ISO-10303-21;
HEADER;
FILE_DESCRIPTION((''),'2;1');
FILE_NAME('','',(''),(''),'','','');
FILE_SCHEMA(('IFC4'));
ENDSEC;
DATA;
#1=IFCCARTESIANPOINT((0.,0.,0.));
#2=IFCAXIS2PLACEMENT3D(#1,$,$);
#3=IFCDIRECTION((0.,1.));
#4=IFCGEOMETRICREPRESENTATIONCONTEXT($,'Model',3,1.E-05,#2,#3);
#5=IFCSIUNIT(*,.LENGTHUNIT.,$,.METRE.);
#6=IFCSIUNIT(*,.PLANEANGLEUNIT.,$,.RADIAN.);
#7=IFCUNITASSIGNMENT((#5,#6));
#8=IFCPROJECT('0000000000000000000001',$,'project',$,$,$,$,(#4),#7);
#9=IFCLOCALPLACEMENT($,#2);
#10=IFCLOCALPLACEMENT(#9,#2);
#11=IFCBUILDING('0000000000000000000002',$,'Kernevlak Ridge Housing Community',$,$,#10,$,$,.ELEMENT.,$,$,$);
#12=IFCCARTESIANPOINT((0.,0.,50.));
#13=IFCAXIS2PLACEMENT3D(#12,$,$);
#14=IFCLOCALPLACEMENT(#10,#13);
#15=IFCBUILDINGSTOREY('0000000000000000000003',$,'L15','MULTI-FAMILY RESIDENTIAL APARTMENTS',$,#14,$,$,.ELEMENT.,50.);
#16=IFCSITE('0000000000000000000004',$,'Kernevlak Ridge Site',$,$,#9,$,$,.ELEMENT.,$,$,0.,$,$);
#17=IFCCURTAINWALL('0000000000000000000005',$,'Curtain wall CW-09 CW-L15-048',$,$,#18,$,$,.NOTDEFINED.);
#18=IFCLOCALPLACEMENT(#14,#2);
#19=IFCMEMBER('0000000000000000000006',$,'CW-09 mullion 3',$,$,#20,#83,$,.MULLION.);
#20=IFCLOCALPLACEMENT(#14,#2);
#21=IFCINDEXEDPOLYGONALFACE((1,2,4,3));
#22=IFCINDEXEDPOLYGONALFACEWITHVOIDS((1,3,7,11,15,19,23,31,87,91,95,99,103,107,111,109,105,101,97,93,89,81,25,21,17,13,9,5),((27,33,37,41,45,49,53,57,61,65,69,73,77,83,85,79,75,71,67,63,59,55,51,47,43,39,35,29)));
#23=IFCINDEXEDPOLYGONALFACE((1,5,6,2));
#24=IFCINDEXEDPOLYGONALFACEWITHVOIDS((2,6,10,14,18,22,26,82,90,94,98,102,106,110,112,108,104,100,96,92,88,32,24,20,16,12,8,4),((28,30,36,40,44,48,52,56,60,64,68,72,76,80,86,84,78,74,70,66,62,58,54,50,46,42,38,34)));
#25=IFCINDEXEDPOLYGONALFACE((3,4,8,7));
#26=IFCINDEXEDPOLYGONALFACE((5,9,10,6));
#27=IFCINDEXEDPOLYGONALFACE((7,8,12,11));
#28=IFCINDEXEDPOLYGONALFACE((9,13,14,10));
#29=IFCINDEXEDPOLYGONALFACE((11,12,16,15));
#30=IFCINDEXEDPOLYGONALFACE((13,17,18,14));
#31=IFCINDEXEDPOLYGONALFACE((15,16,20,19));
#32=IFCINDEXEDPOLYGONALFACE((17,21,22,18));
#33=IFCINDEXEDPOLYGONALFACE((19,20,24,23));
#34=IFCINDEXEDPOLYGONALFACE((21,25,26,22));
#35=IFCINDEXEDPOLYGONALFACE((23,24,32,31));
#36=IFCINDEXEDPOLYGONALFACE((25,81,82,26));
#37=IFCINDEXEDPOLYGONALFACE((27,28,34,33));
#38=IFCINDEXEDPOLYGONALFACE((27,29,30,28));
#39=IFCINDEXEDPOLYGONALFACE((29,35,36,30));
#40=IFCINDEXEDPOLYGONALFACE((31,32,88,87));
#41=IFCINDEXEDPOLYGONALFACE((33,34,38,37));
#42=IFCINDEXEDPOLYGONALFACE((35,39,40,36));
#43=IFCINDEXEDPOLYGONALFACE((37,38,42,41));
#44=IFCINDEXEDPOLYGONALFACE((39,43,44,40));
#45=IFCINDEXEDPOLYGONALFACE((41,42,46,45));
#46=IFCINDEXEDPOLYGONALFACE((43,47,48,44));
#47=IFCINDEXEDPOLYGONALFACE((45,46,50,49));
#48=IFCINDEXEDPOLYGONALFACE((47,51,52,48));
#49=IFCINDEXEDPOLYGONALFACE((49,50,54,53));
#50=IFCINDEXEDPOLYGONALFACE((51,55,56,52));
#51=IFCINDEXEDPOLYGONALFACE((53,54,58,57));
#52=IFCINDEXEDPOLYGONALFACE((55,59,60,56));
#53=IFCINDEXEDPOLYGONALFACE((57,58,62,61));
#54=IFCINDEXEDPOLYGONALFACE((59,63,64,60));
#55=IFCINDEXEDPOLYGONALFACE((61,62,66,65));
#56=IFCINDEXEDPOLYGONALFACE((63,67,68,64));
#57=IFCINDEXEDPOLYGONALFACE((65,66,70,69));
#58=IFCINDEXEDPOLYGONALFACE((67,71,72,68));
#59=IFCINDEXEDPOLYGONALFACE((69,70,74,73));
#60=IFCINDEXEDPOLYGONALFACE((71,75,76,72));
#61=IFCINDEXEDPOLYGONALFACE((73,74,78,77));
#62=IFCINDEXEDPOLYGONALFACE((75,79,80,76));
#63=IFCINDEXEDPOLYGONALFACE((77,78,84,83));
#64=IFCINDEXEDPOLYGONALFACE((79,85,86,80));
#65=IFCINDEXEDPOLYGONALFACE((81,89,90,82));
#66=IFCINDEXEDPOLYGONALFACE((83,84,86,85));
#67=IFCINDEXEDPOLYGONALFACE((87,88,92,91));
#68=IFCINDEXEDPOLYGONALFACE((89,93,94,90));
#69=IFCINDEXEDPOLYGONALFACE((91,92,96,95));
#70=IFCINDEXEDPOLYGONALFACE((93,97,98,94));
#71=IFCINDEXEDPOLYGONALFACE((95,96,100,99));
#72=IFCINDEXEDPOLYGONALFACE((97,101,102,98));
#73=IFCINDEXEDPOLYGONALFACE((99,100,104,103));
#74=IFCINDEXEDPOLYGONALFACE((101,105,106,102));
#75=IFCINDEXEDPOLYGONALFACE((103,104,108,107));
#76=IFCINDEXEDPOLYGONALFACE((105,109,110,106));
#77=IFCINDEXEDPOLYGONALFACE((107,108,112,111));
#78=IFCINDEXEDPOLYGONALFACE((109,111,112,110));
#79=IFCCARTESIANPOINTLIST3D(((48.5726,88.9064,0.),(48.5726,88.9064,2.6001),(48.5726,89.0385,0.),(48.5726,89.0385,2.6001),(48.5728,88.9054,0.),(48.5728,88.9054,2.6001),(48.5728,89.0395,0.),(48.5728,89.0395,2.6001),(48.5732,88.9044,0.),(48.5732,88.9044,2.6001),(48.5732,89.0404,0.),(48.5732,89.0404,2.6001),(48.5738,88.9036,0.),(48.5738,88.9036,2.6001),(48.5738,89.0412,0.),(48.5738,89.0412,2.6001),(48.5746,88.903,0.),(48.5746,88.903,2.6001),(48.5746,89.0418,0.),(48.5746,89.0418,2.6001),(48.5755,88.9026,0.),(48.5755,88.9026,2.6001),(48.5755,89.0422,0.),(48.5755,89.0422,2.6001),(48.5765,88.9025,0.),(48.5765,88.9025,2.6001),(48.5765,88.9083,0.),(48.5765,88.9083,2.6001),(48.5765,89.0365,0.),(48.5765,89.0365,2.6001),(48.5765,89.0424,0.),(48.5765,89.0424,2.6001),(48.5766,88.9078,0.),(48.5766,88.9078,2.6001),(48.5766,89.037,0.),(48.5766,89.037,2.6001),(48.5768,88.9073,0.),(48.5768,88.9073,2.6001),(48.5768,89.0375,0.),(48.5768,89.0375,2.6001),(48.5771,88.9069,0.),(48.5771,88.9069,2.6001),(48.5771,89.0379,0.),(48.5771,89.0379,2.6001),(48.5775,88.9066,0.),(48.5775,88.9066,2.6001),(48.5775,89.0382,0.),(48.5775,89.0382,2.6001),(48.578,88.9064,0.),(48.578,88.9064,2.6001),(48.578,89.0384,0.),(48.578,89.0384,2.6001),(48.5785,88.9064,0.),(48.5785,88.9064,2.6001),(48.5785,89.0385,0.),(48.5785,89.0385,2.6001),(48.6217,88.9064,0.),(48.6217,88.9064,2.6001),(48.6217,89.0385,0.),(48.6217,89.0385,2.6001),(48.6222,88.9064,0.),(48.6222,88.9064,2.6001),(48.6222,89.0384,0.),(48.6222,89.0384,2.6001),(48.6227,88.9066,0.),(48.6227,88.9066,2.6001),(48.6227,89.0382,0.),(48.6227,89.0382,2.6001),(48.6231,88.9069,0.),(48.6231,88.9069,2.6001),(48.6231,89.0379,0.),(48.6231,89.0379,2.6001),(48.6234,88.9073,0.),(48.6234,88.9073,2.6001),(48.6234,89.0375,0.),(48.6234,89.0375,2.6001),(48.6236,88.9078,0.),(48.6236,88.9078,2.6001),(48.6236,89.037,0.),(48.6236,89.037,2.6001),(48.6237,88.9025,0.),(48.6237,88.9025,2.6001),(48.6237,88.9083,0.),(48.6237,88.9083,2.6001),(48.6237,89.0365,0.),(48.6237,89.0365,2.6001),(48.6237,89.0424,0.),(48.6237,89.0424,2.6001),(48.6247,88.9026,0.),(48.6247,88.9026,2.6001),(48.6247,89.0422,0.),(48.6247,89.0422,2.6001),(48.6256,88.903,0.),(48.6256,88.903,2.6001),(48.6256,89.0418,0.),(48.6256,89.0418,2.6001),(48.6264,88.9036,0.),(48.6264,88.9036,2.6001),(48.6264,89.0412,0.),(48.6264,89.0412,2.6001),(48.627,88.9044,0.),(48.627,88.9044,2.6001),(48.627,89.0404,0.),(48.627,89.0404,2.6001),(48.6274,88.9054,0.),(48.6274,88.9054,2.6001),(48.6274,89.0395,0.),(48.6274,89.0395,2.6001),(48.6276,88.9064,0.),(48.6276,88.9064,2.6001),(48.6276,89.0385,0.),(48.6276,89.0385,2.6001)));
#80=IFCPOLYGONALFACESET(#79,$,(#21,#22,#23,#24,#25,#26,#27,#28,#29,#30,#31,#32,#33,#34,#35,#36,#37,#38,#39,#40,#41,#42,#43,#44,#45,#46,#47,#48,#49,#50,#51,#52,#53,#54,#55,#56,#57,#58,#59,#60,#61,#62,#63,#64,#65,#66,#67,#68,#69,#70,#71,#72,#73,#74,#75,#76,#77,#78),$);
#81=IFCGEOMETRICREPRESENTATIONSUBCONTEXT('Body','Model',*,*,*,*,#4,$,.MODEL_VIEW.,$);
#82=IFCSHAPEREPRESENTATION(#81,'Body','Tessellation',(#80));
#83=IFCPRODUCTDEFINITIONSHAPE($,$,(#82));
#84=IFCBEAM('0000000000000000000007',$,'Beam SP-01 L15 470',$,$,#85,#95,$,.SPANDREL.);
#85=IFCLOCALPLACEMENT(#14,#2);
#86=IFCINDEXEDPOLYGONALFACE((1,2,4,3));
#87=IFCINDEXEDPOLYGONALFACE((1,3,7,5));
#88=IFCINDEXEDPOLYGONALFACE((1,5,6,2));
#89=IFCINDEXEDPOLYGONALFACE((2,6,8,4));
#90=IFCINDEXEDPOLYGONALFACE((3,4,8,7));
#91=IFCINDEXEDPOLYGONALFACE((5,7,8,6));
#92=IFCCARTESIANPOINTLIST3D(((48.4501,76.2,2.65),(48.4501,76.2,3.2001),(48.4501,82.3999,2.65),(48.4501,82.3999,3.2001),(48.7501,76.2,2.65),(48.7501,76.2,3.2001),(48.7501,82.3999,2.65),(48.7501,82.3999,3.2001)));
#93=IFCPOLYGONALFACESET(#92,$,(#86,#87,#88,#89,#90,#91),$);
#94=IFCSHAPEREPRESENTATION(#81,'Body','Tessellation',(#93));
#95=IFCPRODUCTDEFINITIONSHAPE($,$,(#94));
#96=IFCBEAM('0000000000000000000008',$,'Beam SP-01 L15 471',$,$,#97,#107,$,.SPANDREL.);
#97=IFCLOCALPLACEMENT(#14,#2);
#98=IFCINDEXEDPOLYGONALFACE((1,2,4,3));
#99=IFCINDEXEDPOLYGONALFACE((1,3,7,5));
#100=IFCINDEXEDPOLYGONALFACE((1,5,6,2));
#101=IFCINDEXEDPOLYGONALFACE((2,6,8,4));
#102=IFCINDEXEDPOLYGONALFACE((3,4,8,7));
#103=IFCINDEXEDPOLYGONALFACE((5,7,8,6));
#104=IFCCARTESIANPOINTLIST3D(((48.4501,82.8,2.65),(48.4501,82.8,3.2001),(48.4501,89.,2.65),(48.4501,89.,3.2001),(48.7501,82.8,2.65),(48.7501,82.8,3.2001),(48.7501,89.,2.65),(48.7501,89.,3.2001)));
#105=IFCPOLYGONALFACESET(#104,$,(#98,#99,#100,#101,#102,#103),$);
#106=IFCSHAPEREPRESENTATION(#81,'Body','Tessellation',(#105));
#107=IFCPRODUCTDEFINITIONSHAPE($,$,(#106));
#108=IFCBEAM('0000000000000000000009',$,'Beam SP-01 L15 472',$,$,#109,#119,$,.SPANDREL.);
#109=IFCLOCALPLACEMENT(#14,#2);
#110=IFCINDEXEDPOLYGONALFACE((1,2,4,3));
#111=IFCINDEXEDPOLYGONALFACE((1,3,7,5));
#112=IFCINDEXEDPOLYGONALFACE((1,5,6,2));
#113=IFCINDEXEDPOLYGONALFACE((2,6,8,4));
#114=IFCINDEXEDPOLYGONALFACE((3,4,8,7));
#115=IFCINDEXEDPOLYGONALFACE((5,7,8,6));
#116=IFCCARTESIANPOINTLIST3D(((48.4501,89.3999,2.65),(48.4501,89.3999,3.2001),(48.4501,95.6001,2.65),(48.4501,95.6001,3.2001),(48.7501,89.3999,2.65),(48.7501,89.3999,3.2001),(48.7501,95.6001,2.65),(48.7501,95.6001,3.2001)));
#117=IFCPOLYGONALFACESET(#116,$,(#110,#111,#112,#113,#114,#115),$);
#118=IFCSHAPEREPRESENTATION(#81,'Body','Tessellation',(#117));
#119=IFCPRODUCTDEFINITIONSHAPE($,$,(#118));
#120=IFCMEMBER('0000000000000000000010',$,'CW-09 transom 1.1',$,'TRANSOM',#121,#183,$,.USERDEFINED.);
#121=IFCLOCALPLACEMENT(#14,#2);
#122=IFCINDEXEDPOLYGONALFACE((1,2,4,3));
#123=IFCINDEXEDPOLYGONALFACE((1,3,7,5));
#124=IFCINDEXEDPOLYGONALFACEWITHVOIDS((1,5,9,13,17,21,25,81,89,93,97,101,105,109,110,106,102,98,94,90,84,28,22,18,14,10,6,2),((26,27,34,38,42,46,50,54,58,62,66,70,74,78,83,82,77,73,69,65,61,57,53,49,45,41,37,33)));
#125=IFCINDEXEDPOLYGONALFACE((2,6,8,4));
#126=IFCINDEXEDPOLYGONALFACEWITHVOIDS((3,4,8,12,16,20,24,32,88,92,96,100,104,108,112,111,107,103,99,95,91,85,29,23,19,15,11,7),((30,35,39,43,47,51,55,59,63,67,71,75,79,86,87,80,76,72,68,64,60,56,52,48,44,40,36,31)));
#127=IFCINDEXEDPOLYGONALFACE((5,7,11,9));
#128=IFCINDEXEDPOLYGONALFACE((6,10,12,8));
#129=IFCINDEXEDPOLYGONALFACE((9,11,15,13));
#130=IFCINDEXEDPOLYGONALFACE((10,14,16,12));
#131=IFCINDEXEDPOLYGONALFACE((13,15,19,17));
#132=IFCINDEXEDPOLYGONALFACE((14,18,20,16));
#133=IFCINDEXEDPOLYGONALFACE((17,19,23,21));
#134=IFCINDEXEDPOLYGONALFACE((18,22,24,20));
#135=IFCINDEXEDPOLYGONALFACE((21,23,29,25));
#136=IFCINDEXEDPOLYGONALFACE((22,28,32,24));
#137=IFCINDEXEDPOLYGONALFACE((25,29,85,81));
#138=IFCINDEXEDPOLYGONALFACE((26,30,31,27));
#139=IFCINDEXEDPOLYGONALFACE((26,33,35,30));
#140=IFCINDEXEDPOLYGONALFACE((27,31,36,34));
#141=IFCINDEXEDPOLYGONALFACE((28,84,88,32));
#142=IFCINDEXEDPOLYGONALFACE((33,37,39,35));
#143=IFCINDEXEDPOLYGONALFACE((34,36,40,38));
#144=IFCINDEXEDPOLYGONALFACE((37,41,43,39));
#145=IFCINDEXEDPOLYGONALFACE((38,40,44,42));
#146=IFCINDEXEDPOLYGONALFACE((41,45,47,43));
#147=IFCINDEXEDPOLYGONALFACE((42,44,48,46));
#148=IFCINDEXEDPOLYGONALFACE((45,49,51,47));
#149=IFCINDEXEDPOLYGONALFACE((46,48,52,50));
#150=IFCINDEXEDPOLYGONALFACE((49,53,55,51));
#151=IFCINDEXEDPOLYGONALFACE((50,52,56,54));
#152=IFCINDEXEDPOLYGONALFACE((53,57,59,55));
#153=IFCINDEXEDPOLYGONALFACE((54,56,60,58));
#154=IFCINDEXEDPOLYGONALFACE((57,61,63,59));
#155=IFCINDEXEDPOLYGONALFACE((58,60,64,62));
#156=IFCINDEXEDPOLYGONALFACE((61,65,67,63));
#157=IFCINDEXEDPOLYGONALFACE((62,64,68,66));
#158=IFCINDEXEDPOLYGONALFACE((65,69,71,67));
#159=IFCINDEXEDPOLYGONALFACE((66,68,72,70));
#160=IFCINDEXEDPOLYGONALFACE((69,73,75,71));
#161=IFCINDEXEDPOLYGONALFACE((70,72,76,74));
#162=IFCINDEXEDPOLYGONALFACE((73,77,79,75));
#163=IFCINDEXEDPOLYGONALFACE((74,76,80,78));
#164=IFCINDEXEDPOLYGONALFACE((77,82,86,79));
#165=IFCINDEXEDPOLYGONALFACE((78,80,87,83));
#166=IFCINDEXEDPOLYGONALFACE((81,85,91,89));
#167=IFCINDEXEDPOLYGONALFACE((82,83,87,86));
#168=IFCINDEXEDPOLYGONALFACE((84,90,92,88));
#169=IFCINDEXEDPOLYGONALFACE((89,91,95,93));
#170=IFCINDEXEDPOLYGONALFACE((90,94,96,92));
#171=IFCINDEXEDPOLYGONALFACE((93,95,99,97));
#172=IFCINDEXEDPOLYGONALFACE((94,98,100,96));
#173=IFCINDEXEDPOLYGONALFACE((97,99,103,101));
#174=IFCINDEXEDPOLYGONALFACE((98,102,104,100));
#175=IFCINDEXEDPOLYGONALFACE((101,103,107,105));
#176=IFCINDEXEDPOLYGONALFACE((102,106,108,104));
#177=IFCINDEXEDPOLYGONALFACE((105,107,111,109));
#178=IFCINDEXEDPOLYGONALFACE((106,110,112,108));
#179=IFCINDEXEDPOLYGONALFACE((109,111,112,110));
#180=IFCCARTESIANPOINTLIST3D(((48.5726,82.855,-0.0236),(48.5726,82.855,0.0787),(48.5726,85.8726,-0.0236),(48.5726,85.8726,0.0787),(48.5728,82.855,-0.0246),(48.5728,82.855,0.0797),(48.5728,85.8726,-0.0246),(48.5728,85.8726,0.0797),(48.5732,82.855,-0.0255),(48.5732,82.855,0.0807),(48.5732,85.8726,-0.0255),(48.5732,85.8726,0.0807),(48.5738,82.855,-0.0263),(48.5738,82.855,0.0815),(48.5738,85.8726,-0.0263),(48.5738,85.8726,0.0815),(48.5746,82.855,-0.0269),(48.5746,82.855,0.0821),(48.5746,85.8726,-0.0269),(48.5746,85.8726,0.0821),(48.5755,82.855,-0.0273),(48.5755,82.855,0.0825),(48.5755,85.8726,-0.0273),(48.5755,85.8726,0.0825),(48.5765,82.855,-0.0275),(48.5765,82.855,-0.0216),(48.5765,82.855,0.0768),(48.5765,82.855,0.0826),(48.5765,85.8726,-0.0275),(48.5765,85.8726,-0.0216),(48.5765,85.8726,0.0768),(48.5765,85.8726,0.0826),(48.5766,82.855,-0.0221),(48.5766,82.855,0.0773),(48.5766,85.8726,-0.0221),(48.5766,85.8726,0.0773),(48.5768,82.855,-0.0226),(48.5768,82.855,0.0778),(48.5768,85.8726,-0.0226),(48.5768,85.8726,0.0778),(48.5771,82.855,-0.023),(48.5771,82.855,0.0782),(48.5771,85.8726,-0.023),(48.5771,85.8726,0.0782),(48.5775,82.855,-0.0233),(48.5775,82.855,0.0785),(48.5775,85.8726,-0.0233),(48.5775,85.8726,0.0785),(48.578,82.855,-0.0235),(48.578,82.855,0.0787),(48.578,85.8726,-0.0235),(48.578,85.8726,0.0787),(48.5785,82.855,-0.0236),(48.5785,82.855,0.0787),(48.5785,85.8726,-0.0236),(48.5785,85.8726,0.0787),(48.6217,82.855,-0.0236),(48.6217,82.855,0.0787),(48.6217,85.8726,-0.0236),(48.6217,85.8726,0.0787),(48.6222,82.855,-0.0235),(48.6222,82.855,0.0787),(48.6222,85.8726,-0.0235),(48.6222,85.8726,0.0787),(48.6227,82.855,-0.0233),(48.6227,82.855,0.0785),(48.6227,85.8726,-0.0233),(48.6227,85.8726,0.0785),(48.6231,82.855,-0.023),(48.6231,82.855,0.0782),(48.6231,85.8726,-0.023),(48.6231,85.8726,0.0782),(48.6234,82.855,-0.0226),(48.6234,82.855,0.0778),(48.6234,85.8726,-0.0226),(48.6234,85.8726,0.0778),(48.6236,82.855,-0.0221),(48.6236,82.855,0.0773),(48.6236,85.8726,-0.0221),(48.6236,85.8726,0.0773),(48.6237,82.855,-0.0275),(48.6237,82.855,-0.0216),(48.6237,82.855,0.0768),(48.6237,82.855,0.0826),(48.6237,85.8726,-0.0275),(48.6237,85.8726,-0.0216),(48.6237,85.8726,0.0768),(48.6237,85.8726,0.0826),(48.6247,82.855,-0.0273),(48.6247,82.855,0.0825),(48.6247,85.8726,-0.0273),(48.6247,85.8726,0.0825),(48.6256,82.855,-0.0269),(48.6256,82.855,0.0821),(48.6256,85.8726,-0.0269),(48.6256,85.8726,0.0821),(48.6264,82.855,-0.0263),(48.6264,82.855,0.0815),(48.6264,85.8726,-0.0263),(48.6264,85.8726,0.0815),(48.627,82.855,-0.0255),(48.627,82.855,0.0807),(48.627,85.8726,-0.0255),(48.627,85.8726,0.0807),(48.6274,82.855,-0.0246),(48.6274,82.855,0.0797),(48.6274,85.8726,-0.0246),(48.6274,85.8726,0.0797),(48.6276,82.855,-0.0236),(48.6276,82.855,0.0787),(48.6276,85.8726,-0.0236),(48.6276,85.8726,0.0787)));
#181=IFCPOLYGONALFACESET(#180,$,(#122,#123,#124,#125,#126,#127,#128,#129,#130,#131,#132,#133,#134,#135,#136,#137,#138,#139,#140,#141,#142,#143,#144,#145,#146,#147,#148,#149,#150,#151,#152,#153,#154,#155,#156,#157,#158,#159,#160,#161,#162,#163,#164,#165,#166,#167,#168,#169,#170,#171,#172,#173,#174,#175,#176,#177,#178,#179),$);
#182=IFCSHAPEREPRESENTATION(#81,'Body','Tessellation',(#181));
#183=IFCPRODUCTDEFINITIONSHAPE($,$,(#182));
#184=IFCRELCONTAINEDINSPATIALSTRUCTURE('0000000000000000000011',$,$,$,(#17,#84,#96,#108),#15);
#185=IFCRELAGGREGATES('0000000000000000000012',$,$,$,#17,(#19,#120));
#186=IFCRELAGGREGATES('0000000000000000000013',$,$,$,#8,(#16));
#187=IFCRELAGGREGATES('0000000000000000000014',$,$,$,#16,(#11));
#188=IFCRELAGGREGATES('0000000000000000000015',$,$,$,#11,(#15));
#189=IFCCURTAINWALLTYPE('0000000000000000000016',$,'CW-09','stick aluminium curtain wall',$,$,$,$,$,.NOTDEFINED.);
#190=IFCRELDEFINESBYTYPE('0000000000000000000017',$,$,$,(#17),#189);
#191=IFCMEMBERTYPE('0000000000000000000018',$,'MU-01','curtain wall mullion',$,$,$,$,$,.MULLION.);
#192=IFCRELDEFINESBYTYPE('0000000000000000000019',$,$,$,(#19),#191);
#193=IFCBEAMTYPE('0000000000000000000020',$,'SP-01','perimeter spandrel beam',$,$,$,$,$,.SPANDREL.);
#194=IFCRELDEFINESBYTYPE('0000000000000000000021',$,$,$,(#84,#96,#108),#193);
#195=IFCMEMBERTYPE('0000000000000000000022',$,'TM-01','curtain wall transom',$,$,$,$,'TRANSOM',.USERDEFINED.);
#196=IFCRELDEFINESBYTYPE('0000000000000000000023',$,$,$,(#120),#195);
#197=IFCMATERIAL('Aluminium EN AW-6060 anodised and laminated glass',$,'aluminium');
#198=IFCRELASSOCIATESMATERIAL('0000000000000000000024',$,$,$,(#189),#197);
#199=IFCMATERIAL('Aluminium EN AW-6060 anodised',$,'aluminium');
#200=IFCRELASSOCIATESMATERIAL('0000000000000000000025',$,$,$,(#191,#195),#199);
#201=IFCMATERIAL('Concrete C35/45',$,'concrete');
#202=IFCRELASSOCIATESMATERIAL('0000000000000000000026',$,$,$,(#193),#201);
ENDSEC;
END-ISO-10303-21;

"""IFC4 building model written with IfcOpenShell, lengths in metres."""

from ifc_helpers import new_model, si_unit, direction, frame, origin, origin_2d, place, context, subcontext, project, spatial, rectangle, hollow_rectangle, extrude, material, material_profile, profile_set, type_object, element, aggregate, save


model = new_model("IFC4")

# Units and contexts
model_context = context("Model", 3, precision=1e-05, world=origin(), true_north=direction((0.0, 1.0)))
body_context = subcontext(model_context, "Body", "Model", "MODEL_VIEW")
ifc_project = project(units=[si_unit("LENGTHUNIT", "METRE"), si_unit("PLANEANGLEUNIT", "RADIAN")], contexts=[model_context])

# Site, building, storey
site_placement = place(None, origin())
site = spatial("IfcSite", under=ifc_project, at=site_placement, Name="Kernevlak Ridge Site", CompositionType="ELEMENT", RefElevation=0.0)
building_placement = place(site_placement, origin())
building = spatial("IfcBuilding", under=site, at=building_placement, Name="Kernevlak Ridge Housing Community", CompositionType="ELEMENT")
storey_placement = place(building_placement, frame((0.0, 0.0, 50.0)))
storey = spatial("IfcBuildingStorey", under=building, at=storey_placement, Name="L15", Description="MULTI-FAMILY RESIDENTIAL APARTMENTS", CompositionType="ELEMENT", Elevation=50.0)

# Shared definitions
ifc_material_1 = material(Name="Concrete C35/45", Category="concrete")

# Curtain wall, member
ifc_material_2 = material(Name="Aluminium EN AW-6060 anodised and laminated glass", Category="aluminium")
curtain_wall_type = type_object("IfcCurtainWallType", Name="CW-09", Description="stick aluminium curtain wall", PredefinedType="NOTDEFINED", material=ifc_material_2)
curtain_wall_placement = place(storey_placement, origin())
curtain_wall = element("IfcCurtainWall", 1, at=curtain_wall_placement, inside=storey, type_object=curtain_wall_type, Name="Curtain wall CW-09 CW-L15-048", PredefinedType="NOTDEFINED")
ifc_material_3 = material(Name="Aluminium EN AW-6060 anodised", Category="aluminium")
ifc_material_profile_1 = material_profile(ifc_material_3, hollow_rectangle(XDim=0.0549, YDim=0.1399, WallThickness=0.0039, InnerFilletRadius=0.002, OuterFilletRadius=0.0039, at=origin_2d()), Name="ALU 55x140x4")
ifc_profile_set_1 = profile_set([ifc_material_profile_1], Name="Aluminium EN AW-6060 anodised")
member_type_1 = type_object("IfcMemberType", Name="MU-01", Description="curtain wall mullion", PredefinedType="MULLION", material=ifc_profile_set_1)
member_1_placement = place(storey_placement, frame((48.6001, 88.9724, 0.0), z_axis=(0.0, 0.0, 1.0), x_axis=(-1.0, 0.0, 0.0)))
member_1 = element("IfcMember", 2, at=member_1_placement, type_object=member_type_1, Name="CW-09 mullion 3", PredefinedType="MULLION", context=body_context, shape_type="SweptSolid", body=[
    extrude(hollow_rectangle(XDim=0.0549, YDim=0.1399, WallThickness=0.0039, InnerFilletRadius=0.002, OuterFilletRadius=0.0039, at=origin_2d()), origin(), (0.0, 0.0, 1.0), 2.6001),
])

# Beams
ifc_material_profile_2 = material_profile(ifc_material_1, rectangle(XDim=0.3, YDim=0.55, at=origin_2d()), Name="RC 300x550")
ifc_profile_set_2 = profile_set([ifc_material_profile_2], Name="Concrete C35/45")
beam_type = type_object("IfcBeamType", Name="SP-01", Description="perimeter spandrel beam", PredefinedType="SPANDREL", material=ifc_profile_set_2)
for number, where, z_axis, x_axis, name in (
    (3, (48.6001, 76.2, 2.925), (0.0, 1.0, 0.0), (-1.0, 0.0, 0.0), "Beam SP-01 L15 470"),
    (4, (48.6001, 82.8, 2.925), (0.0, 1.0, 0.0), (-1.0, 0.0, 0.0), "Beam SP-01 L15 471"),
):
    element("IfcBeam", number, at=place(storey_placement, frame(where, z_axis=z_axis, x_axis=x_axis)), inside=storey, type_object=beam_type, Name=name, PredefinedType="SPANDREL", context=body_context, shape_type="SweptSolid", body=[
        extrude(rectangle(XDim=0.3, YDim=0.55, at=origin_2d()), origin(), (0.0, 0.0, 1.0), 6.2),
    ])
beam_placement = place(storey_placement, frame((48.6001, 89.3999, 2.925), z_axis=(0.0, 1.0, 0.0), x_axis=(-1.0, 0.0, 0.0)))
element("IfcBeam", 5, at=beam_placement, inside=storey, type_object=beam_type, Name="Beam SP-01 L15 472", PredefinedType="SPANDREL", context=body_context, shape_type="SweptSolid", body=[
    extrude(rectangle(XDim=0.3, YDim=0.55, at=origin_2d()), origin(), (0.0, 0.0, 1.0), 6.2002),
])

# Member
ifc_material_profile_3 = material_profile(ifc_material_3, hollow_rectangle(XDim=0.0549, YDim=0.1101, WallThickness=0.0039, InnerFilletRadius=0.002, OuterFilletRadius=0.0039, at=origin_2d()), Name="ALU 55x110x4")
ifc_profile_set_3 = profile_set([ifc_material_profile_3], Name="Aluminium EN AW-6060 anodised")
member_type_2 = type_object("IfcMemberType", Name="TM-01", Description="curtain wall transom", ElementType="TRANSOM", PredefinedType="USERDEFINED", material=ifc_profile_set_3)
member_2_placement = place(storey_placement, frame((48.6001, 82.855, 0.0276), z_axis=(0.0, 1.0, 0.0), x_axis=(-1.0, 0.0, 0.0)))
member_2 = element("IfcMember", 6, at=member_2_placement, type_object=member_type_2, Name="CW-09 transom 1.1", ObjectType="TRANSOM", PredefinedType="USERDEFINED", context=body_context, shape_type="SweptSolid", body=[
    extrude(hollow_rectangle(XDim=0.0549, YDim=0.1101, WallThickness=0.0039, InnerFilletRadius=0.002, OuterFilletRadius=0.0039, at=origin_2d()), origin(), (0.0, 0.0, 1.0), 3.0176),
])

aggregate(curtain_wall, [member_1, member_2])

save(model, "model.ifc")
